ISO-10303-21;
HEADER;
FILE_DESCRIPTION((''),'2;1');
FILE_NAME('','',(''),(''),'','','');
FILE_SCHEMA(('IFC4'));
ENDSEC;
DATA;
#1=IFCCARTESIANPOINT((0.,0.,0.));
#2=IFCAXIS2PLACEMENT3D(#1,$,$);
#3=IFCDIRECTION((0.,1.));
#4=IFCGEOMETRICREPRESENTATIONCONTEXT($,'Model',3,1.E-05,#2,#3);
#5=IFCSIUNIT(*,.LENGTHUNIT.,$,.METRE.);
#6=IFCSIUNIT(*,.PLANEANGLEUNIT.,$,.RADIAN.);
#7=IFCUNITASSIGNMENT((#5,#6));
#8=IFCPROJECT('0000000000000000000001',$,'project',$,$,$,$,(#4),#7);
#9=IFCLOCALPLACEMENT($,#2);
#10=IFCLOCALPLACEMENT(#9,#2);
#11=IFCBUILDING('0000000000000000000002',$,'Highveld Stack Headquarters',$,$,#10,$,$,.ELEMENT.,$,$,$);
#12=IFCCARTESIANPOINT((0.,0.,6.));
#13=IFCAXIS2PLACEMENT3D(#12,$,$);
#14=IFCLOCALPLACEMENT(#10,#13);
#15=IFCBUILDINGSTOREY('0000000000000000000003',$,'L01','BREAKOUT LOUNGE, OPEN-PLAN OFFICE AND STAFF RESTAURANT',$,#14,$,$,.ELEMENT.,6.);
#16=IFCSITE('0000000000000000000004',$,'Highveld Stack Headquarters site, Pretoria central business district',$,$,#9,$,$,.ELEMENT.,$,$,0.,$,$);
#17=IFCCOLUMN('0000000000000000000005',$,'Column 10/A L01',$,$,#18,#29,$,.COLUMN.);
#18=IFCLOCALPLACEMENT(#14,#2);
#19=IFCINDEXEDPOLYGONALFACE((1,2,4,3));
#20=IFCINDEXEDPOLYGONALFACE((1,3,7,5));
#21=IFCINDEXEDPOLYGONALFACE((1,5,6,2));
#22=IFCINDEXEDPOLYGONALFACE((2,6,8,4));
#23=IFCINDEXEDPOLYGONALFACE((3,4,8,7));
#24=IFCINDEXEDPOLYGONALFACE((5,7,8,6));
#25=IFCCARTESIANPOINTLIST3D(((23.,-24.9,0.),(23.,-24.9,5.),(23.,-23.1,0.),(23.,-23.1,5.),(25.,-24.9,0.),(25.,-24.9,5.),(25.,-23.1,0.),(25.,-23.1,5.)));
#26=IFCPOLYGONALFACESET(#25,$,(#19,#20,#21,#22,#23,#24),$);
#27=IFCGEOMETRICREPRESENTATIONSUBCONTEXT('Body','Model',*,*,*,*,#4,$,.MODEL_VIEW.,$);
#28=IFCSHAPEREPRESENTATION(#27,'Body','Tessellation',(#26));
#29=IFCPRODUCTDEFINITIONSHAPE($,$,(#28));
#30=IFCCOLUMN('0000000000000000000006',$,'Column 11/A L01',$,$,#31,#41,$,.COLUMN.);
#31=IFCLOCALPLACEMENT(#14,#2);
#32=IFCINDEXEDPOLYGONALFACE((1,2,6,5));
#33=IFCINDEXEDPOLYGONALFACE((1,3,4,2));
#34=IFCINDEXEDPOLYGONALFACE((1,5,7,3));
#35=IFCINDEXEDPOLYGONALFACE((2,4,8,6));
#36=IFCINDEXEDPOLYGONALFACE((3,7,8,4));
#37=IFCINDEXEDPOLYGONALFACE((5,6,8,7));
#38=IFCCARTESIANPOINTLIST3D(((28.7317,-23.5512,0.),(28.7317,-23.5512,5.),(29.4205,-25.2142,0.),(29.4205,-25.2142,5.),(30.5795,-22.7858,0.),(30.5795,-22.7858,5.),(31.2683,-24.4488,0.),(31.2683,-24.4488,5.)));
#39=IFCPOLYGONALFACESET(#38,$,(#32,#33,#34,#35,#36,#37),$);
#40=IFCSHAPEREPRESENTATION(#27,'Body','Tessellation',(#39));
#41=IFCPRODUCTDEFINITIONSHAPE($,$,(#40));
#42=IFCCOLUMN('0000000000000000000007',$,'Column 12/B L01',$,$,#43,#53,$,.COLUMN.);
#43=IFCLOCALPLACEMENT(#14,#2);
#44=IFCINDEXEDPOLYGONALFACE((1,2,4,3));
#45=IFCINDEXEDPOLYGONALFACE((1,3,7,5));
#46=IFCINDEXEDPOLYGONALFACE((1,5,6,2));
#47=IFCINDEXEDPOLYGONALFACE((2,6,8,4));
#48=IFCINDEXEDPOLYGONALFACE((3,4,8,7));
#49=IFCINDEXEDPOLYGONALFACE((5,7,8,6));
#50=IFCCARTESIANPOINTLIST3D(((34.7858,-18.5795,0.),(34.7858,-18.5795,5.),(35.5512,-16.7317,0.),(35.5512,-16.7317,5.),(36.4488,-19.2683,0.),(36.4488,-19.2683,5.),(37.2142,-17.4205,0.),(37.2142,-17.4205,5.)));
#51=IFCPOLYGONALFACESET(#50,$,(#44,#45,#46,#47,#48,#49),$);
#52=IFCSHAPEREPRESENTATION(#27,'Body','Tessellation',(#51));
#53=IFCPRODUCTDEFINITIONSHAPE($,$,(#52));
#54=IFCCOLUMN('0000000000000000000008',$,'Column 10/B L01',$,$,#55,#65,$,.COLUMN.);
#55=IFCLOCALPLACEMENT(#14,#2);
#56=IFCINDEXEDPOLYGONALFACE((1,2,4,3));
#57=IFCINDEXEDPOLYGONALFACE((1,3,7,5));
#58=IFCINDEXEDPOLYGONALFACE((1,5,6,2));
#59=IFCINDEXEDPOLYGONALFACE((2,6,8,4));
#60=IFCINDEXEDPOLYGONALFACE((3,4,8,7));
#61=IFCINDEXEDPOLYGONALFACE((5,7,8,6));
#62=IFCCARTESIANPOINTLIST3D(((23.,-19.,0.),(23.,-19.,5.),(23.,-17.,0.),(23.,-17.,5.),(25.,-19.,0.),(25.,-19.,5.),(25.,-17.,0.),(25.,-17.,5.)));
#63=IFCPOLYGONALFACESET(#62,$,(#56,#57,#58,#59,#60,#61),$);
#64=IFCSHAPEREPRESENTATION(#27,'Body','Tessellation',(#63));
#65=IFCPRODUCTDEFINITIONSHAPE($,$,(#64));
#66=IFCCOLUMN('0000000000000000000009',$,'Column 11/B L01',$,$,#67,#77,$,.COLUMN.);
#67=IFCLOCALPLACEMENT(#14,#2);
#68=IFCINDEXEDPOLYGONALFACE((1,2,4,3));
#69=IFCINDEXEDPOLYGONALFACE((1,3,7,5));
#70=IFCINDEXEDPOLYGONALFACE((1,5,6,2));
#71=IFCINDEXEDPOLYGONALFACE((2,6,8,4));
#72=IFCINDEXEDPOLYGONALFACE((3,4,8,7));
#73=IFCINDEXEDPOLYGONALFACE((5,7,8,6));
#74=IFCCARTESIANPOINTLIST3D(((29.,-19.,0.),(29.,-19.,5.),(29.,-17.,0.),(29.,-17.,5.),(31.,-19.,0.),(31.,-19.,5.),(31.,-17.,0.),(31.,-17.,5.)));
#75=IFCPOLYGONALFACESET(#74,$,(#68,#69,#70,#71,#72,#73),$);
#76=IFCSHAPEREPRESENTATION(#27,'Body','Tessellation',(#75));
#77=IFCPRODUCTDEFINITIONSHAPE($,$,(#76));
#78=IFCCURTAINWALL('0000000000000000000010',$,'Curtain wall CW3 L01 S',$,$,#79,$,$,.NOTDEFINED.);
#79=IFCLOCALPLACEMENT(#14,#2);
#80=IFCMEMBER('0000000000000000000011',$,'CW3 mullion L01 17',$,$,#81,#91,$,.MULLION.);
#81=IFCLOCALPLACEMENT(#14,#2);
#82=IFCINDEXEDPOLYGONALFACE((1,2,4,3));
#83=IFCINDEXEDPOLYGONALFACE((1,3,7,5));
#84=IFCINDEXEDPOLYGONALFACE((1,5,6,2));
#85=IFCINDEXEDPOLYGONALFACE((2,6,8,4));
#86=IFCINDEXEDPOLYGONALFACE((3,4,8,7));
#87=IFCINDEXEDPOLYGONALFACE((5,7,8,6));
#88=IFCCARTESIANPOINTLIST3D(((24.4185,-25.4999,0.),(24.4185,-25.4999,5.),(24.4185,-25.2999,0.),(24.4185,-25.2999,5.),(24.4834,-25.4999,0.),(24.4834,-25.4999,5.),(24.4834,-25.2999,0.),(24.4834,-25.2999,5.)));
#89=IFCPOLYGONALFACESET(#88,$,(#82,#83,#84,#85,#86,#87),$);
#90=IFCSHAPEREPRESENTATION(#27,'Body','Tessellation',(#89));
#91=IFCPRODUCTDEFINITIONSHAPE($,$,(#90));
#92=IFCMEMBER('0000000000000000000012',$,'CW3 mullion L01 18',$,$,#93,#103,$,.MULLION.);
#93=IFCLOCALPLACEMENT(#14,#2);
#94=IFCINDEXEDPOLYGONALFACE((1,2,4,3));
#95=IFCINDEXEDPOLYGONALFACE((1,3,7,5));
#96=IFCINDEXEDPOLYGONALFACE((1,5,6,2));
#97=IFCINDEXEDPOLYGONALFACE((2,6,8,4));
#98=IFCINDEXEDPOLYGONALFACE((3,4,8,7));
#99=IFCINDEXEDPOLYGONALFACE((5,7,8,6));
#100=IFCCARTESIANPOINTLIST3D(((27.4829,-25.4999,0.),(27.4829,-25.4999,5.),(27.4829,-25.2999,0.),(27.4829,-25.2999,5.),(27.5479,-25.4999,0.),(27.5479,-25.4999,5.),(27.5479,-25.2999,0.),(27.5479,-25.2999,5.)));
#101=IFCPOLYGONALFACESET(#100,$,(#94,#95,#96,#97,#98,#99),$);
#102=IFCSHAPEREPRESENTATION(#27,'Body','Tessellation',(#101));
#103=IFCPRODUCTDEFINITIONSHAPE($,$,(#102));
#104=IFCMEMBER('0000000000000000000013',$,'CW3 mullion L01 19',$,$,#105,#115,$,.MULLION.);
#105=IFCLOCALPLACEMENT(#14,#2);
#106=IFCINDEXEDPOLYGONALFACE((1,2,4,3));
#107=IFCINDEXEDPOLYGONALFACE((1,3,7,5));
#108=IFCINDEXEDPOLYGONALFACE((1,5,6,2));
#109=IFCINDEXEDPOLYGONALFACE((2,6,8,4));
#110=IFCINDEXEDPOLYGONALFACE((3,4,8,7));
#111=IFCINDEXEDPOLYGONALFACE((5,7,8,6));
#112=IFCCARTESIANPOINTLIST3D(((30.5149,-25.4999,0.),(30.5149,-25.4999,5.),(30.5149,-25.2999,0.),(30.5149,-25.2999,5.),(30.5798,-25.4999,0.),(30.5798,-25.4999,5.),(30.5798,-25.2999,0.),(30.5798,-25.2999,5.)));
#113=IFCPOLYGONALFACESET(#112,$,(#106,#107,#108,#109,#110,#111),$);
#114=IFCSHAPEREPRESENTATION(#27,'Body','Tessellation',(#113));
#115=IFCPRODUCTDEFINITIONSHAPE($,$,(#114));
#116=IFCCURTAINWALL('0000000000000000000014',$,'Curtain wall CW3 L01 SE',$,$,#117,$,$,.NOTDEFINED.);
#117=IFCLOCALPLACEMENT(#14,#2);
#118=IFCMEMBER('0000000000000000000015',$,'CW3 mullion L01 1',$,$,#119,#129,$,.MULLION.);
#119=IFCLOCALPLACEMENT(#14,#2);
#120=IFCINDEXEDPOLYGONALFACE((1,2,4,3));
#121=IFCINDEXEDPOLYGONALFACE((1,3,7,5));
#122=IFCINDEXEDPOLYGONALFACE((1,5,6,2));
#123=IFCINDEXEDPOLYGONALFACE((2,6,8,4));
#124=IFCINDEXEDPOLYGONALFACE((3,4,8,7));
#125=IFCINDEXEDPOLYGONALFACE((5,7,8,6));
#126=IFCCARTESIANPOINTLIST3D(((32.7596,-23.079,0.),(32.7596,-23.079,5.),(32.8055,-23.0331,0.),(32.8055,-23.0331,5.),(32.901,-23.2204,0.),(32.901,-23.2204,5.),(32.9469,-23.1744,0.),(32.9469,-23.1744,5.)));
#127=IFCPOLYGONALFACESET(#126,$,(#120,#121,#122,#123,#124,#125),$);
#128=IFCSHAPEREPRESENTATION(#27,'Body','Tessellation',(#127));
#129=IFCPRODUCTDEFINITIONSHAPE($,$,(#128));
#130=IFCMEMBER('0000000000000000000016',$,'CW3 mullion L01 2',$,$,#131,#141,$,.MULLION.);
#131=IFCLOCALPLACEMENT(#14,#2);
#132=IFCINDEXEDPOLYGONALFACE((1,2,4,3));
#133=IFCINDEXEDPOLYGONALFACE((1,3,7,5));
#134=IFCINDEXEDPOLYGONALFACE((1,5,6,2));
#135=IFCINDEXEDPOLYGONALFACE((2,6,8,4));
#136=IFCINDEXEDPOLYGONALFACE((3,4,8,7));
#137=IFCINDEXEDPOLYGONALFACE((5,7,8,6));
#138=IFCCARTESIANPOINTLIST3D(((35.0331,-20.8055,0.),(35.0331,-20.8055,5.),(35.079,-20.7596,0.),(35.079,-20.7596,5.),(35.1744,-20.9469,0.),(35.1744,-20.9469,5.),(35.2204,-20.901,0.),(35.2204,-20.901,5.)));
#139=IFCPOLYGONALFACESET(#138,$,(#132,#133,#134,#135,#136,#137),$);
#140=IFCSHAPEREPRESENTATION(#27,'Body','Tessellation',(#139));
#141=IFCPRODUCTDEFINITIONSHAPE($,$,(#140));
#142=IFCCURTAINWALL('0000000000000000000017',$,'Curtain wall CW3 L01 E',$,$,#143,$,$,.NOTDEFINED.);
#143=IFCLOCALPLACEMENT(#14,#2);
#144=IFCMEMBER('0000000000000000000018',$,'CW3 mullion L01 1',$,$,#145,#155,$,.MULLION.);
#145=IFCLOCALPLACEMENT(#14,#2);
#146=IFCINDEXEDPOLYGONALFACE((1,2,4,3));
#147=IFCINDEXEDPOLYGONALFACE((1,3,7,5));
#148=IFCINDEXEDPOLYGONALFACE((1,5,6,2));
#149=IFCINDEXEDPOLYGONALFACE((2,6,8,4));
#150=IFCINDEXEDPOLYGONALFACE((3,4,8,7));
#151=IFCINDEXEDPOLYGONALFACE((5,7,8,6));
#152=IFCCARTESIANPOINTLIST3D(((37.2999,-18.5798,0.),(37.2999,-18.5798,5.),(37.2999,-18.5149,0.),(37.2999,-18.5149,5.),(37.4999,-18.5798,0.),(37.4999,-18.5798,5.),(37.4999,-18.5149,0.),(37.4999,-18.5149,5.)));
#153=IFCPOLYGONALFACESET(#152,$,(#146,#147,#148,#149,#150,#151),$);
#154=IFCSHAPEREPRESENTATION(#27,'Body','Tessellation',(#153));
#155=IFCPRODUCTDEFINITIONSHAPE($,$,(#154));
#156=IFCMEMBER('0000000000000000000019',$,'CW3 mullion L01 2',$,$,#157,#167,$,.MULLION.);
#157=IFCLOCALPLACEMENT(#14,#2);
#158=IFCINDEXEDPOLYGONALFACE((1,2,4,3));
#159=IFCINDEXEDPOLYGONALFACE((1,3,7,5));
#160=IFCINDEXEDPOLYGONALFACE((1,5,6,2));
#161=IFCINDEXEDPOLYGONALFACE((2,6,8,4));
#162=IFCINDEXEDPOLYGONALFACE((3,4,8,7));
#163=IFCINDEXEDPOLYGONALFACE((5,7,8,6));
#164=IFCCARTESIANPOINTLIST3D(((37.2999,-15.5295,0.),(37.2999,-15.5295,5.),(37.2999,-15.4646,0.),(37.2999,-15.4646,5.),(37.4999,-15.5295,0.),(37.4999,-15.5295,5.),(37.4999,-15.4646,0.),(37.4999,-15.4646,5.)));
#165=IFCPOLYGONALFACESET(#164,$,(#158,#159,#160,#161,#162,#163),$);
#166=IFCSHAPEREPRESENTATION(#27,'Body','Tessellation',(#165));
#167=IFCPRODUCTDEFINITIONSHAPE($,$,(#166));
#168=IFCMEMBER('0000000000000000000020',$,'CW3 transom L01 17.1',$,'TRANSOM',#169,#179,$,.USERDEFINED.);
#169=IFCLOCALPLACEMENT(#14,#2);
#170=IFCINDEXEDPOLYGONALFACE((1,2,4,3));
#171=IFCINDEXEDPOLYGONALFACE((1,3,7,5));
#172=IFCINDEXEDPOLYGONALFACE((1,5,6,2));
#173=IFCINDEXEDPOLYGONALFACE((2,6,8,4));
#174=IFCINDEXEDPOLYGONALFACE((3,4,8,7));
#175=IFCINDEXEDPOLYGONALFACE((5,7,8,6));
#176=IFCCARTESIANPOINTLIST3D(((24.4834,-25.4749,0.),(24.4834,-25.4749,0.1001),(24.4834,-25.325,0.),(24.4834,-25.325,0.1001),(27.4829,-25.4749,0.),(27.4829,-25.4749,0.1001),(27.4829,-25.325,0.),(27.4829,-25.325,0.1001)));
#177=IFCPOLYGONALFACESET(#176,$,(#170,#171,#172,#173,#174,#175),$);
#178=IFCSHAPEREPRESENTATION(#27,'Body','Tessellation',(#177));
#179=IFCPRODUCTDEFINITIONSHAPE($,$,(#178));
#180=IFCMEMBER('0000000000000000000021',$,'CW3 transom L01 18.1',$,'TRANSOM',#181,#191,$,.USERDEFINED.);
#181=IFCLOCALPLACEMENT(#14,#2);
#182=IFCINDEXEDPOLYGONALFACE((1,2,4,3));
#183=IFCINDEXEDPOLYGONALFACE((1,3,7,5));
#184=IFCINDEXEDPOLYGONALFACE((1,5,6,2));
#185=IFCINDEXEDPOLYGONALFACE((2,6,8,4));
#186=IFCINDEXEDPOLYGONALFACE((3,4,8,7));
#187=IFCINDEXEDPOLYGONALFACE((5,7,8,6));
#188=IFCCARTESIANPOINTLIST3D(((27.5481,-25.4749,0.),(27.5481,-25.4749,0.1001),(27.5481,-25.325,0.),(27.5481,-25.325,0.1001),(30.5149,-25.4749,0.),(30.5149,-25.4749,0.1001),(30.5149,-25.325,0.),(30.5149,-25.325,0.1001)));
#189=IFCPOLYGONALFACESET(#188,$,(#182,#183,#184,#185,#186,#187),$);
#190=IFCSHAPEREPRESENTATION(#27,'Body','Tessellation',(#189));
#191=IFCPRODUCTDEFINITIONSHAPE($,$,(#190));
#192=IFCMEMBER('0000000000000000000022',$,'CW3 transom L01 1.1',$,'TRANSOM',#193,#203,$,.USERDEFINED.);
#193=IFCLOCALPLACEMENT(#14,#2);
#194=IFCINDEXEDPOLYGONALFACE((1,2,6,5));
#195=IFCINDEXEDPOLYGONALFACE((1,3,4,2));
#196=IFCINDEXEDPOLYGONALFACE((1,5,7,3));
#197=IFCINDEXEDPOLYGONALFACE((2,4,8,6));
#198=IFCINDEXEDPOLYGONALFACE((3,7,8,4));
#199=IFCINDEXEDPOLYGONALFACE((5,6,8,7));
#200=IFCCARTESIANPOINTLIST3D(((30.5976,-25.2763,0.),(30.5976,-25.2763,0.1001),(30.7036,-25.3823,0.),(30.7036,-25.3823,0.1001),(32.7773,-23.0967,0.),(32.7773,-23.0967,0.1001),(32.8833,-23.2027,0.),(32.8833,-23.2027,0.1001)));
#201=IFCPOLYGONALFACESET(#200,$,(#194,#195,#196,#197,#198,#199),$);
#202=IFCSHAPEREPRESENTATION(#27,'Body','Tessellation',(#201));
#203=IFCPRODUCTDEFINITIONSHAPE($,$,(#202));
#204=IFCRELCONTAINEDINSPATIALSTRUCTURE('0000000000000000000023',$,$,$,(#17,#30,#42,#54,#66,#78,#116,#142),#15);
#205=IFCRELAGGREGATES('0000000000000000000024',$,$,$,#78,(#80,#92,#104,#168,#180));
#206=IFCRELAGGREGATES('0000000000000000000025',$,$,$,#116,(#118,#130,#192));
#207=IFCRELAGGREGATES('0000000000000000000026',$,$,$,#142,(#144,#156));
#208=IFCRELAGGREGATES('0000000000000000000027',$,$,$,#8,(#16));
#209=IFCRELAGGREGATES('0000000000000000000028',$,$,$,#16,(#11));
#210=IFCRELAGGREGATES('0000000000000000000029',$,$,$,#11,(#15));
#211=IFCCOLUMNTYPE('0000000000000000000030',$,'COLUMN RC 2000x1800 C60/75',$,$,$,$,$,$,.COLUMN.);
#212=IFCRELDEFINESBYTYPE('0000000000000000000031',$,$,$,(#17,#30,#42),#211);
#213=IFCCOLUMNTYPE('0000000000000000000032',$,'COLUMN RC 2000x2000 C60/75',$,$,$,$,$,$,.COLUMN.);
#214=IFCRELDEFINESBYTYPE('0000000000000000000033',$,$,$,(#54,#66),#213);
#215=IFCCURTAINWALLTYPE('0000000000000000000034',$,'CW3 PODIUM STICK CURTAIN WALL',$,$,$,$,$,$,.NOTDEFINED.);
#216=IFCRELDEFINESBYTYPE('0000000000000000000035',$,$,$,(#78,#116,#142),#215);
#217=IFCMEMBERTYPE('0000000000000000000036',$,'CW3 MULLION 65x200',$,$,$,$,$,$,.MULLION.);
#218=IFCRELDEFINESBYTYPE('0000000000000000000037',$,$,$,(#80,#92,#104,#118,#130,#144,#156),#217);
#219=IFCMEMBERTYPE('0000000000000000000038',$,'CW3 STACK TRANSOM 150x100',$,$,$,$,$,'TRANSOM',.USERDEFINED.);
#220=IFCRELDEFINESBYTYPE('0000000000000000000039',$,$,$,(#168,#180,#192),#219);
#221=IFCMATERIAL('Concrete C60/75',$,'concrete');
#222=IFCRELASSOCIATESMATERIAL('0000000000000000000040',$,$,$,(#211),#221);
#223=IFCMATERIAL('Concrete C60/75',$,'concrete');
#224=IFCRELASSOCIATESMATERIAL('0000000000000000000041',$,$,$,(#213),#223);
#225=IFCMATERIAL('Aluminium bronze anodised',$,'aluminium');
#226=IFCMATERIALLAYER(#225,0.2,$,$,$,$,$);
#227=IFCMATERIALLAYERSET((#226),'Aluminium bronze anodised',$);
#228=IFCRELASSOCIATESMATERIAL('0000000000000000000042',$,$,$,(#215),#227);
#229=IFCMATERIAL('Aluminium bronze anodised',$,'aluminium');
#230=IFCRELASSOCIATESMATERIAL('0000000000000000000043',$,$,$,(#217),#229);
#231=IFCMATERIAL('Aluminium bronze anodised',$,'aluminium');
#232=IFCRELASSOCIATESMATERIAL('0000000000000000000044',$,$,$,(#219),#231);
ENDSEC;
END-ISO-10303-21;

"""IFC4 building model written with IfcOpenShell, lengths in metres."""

from ifc_helpers import new_model, si_unit, direction, frame, origin, origin_2d, place, context, subcontext, project, spatial, rectangle, extrude, material, layer, layer_set, material_profile, profile_set, type_object, element, aggregate, save


model = new_model("IFC4")

# Units and contexts
model_context = context("Model", 3, precision=1e-05, world=origin(), true_north=direction((0.0, 1.0)))
body_context = subcontext(model_context, "Body", "Model", "MODEL_VIEW")
ifc_project = project(units=[si_unit("LENGTHUNIT", "METRE"), si_unit("PLANEANGLEUNIT", "RADIAN")], contexts=[model_context])

# Site, building, storey
site_placement = place(None, origin())
site = spatial("IfcSite", under=ifc_project, at=site_placement, Name="Highveld Stack Headquarters site, Pretoria central business district", CompositionType="ELEMENT", RefElevation=0.0)
building_placement = place(site_placement, origin())
building = spatial("IfcBuilding", under=site, at=building_placement, Name="Highveld Stack Headquarters", CompositionType="ELEMENT")
storey_placement = place(building_placement, frame((0.0, 0.0, 6.0)))
storey = spatial("IfcBuildingStorey", under=building, at=storey_placement, Name="L01", Description="BREAKOUT LOUNGE, OPEN-PLAN OFFICE AND STAFF RESTAURANT", CompositionType="ELEMENT", Elevation=6.0)

# Columns
ifc_material_1 = material(Name="Concrete C60/75", Category="concrete")
ifc_material_profile_1 = material_profile(ifc_material_1, rectangle(XDim=2.0, YDim=1.8, at=origin_2d()), Name="RC 2000x1800")
ifc_profile_set_1 = profile_set([ifc_material_profile_1], Name="Concrete C60/75")
column_type_1 = type_object("IfcColumnType", Name="COLUMN RC 2000x1800 C60/75", PredefinedType="COLUMN", material=ifc_profile_set_1)
for number, where, z_axis, x_axis, name in (
    (1, (24.0, -24.0, 0.0), (0.0, 0.0, 1.0), (1.0, 0.0, 0.0), "Column 10/A L01"),
    (2, (30.0, -24.0, 0.0), (0.0, 0.0, 1.0), (-0.92388, -0.382683, 0.0), "Column 11/A L01"),
    (3, (36.0, -18.0, 0.0), (0.0, 0.0, 1.0), (-0.382683, -0.92388, 0.0), "Column 12/B L01"),
):
    element("IfcColumn", number, at=place(storey_placement, frame(where, z_axis=z_axis, x_axis=x_axis)), inside=storey, type_object=column_type_1, Name=name, PredefinedType="COLUMN", context=body_context, shape_type="SweptSolid", body=[
        extrude(rectangle(XDim=2.0, YDim=1.8, at=origin_2d()), origin(), (0.0, 0.0, 1.0), 5.0),
    ])
ifc_material_2 = material(Name="Concrete C60/75", Category="concrete")
ifc_material_profile_2 = material_profile(ifc_material_2, rectangle(XDim=2.0, YDim=2.0, at=origin_2d()), Name="RC 2000x2000")
ifc_profile_set_2 = profile_set([ifc_material_profile_2], Name="Concrete C60/75")
column_type_2 = type_object("IfcColumnType", Name="COLUMN RC 2000x2000 C60/75", PredefinedType="COLUMN", material=ifc_profile_set_2)
for number, where, z_axis, x_axis, name in (
    (4, (24.0, -18.0, 0.0), (0.0, 0.0, 1.0), (1.0, 0.0, 0.0), "Column 10/B L01"),
    (5, (30.0, -18.0, 0.0), (0.0, 0.0, 1.0), (1.0, 0.0, 0.0), "Column 11/B L01"),
):
    element("IfcColumn", number, at=place(storey_placement, frame(where, z_axis=z_axis, x_axis=x_axis)), inside=storey, type_object=column_type_2, Name=name, PredefinedType="COLUMN", context=body_context, shape_type="SweptSolid", body=[
        extrude(rectangle(XDim=2.0, YDim=2.0, at=origin_2d()), origin(), (0.0, 0.0, 1.0), 5.0),
    ])

# Curtain walls, members
ifc_material_3 = material(Name="Aluminium bronze anodised", Category="aluminium")
ifc_layer_1 = layer(ifc_material_3, 0.2)
ifc_layer_set_1 = layer_set([ifc_layer_1], Name="Aluminium bronze anodised")
curtain_wall_type = type_object("IfcCurtainWallType", Name="CW3 PODIUM STICK CURTAIN WALL", PredefinedType="NOTDEFINED", material=ifc_layer_set_1)
curtain_wall_1_placement = place(storey_placement, origin())
curtain_wall_1 = element("IfcCurtainWall", 6, at=curtain_wall_1_placement, inside=storey, type_object=curtain_wall_type, Name="Curtain wall CW3 L01 S", PredefinedType="NOTDEFINED")
ifc_material_4 = material(Name="Aluminium bronze anodised", Category="aluminium")
ifc_material_profile_3 = material_profile(ifc_material_4, rectangle(XDim=0.2, YDim=0.0649, at=origin_2d()), Name="CW3 MULLION 65x200")
ifc_profile_set_3 = profile_set([ifc_material_profile_3], Name="Aluminium bronze anodised")
member_type_1 = type_object("IfcMemberType", Name="CW3 MULLION 65x200", PredefinedType="MULLION", material=ifc_profile_set_3)
member_1_placement = place(storey_placement, frame((24.4509, -25.3999, 0.0), z_axis=(0.0, 0.0, 1.0), x_axis=(0.0, 1.0, 0.0)))
member_1 = element("IfcMember", 7, at=member_1_placement, type_object=member_type_1, Name="CW3 mullion L01 17", PredefinedType="MULLION", context=body_context, shape_type="SweptSolid", body=[
    extrude(rectangle(XDim=0.2, YDim=0.0649, at=origin_2d()), origin(), (0.0, 0.0, 1.0), 5.0),
])
member_2_placement = place(storey_placement, frame((27.5154, -25.3999, 0.0), z_axis=(0.0, 0.0, 1.0), x_axis=(0.0, 1.0, 0.0)))
member_2 = element("IfcMember", 8, at=member_2_placement, type_object=member_type_1, Name="CW3 mullion L01 18", PredefinedType="MULLION", context=body_context, shape_type="SweptSolid", body=[
    extrude(rectangle(XDim=0.2, YDim=0.0649, at=origin_2d()), origin(), (0.0, 0.0, 1.0), 5.0),
])
member_3_placement = place(storey_placement, frame((30.5474, -25.3999, 0.0), z_axis=(0.0, 0.0, 1.0), x_axis=(0.0, 1.0, 0.0)))
member_3 = element("IfcMember", 9, at=member_3_placement, type_object=member_type_1, Name="CW3 mullion L01 19", PredefinedType="MULLION", context=body_context, shape_type="SweptSolid", body=[
    extrude(rectangle(XDim=0.2, YDim=0.0649, at=origin_2d()), origin(), (0.0, 0.0, 1.0), 5.0),
])
curtain_wall_2_placement = place(storey_placement, origin())
curtain_wall_2 = element("IfcCurtainWall", 10, at=curtain_wall_2_placement, inside=storey, type_object=curtain_wall_type, Name="Curtain wall CW3 L01 SE", PredefinedType="NOTDEFINED")
member_4_placement = place(storey_placement, frame((32.8533, -23.1267, 0.0), z_axis=(0.0, 0.0, 1.0), x_axis=(-0.707107, 0.707107, 0.0)))
member_4 = element("IfcMember", 11, at=member_4_placement, type_object=member_type_1, Name="CW3 mullion L01 1", PredefinedType="MULLION", context=body_context, shape_type="SweptSolid", body=[
    extrude(rectangle(XDim=0.2, YDim=0.0649, at=origin_2d()), origin(), (0.0, 0.0, 1.0), 5.0),
])
member_5_placement = place(storey_placement, frame((35.1267, -20.8533, 0.0), z_axis=(0.0, 0.0, 1.0), x_axis=(-0.707107, 0.707107, 0.0)))
member_5 = element("IfcMember", 12, at=member_5_placement, type_object=member_type_1, Name="CW3 mullion L01 2", PredefinedType="MULLION", context=body_context, shape_type="SweptSolid", body=[
    extrude(rectangle(XDim=0.2, YDim=0.0649, at=origin_2d()), origin(), (0.0, 0.0, 1.0), 5.0),
])
curtain_wall_3_placement = place(storey_placement, origin())
curtain_wall_3 = element("IfcCurtainWall", 13, at=curtain_wall_3_placement, inside=storey, type_object=curtain_wall_type, Name="Curtain wall CW3 L01 E", PredefinedType="NOTDEFINED")
member_6_placement = place(storey_placement, frame((37.3999, -18.5474, 0.0), z_axis=(0.0, 0.0, 1.0), x_axis=(-1.0, 0.0, 0.0)))
member_6 = element("IfcMember", 14, at=member_6_placement, type_object=member_type_1, Name="CW3 mullion L01 1", PredefinedType="MULLION", context=body_context, shape_type="SweptSolid", body=[
    extrude(rectangle(XDim=0.2, YDim=0.0649, at=origin_2d()), origin(), (0.0, 0.0, 1.0), 5.0),
])
member_7_placement = place(storey_placement, frame((37.3999, -15.4971, 0.0), z_axis=(0.0, 0.0, 1.0), x_axis=(-1.0, 0.0, 0.0)))
member_7 = element("IfcMember", 15, at=member_7_placement, type_object=member_type_1, Name="CW3 mullion L01 2", PredefinedType="MULLION", context=body_context, shape_type="SweptSolid", body=[
    extrude(rectangle(XDim=0.2, YDim=0.0649, at=origin_2d()), origin(), (0.0, 0.0, 1.0), 5.0),
])

# Members
ifc_material_5 = material(Name="Aluminium bronze anodised", Category="aluminium")
ifc_material_profile_4 = material_profile(ifc_material_5, rectangle(XDim=0.1499, YDim=0.1001, at=origin_2d()), Name="CW3 TRANSOM 150x100")
ifc_profile_set_4 = profile_set([ifc_material_profile_4], Name="Aluminium bronze anodised")
member_type_2 = type_object("IfcMemberType", Name="CW3 STACK TRANSOM 150x100", ElementType="TRANSOM", PredefinedType="USERDEFINED", material=ifc_profile_set_4)
member_8_placement = place(storey_placement, frame((24.4834, -25.3999, 0.05), z_axis=(1.0, 0.0, 0.0), x_axis=(0.0, 1.0, 0.0)))
member_8 = element("IfcMember", 16, at=member_8_placement, type_object=member_type_2, Name="CW3 transom L01 17.1", ObjectType="TRANSOM", PredefinedType="USERDEFINED", context=body_context, shape_type="SweptSolid", body=[
    extrude(rectangle(XDim=0.1499, YDim=0.1001, at=origin_2d()), origin(), (0.0, 0.0, 1.0), 2.9995),
])
member_9_placement = place(storey_placement, frame((27.5481, -25.3999, 0.05), z_axis=(1.0, 0.0, 0.0), x_axis=(0.0, 1.0, 0.0)))
member_9 = element("IfcMember", 17, at=member_9_placement, type_object=member_type_2, Name="CW3 transom L01 18.1", ObjectType="TRANSOM", PredefinedType="USERDEFINED", context=body_context, shape_type="SweptSolid", body=[
    extrude(rectangle(XDim=0.1499, YDim=0.1001, at=origin_2d()), origin(), (0.0, 0.0, 1.0), 2.9668),
])
member_10_placement = place(storey_placement, frame((30.6506, -25.3293, 0.05), z_axis=(0.707107, 0.707107, 0.0), x_axis=(-0.707107, 0.707107, 0.0)))
member_10 = element("IfcMember", 18, at=member_10_placement, type_object=member_type_2, Name="CW3 transom L01 1.1", ObjectType="TRANSOM", PredefinedType="USERDEFINED", context=body_context, shape_type="SweptSolid", body=[
    extrude(rectangle(XDim=0.1499, YDim=0.1001, at=origin_2d()), origin(), (0.0, 0.0, 1.0), 3.0825),
])

aggregate(curtain_wall_1, [member_1, member_2, member_3, member_8, member_9])
aggregate(curtain_wall_2, [member_4, member_5, member_10])
aggregate(curtain_wall_3, [member_6, member_7])

save(model, "model.ifc")
